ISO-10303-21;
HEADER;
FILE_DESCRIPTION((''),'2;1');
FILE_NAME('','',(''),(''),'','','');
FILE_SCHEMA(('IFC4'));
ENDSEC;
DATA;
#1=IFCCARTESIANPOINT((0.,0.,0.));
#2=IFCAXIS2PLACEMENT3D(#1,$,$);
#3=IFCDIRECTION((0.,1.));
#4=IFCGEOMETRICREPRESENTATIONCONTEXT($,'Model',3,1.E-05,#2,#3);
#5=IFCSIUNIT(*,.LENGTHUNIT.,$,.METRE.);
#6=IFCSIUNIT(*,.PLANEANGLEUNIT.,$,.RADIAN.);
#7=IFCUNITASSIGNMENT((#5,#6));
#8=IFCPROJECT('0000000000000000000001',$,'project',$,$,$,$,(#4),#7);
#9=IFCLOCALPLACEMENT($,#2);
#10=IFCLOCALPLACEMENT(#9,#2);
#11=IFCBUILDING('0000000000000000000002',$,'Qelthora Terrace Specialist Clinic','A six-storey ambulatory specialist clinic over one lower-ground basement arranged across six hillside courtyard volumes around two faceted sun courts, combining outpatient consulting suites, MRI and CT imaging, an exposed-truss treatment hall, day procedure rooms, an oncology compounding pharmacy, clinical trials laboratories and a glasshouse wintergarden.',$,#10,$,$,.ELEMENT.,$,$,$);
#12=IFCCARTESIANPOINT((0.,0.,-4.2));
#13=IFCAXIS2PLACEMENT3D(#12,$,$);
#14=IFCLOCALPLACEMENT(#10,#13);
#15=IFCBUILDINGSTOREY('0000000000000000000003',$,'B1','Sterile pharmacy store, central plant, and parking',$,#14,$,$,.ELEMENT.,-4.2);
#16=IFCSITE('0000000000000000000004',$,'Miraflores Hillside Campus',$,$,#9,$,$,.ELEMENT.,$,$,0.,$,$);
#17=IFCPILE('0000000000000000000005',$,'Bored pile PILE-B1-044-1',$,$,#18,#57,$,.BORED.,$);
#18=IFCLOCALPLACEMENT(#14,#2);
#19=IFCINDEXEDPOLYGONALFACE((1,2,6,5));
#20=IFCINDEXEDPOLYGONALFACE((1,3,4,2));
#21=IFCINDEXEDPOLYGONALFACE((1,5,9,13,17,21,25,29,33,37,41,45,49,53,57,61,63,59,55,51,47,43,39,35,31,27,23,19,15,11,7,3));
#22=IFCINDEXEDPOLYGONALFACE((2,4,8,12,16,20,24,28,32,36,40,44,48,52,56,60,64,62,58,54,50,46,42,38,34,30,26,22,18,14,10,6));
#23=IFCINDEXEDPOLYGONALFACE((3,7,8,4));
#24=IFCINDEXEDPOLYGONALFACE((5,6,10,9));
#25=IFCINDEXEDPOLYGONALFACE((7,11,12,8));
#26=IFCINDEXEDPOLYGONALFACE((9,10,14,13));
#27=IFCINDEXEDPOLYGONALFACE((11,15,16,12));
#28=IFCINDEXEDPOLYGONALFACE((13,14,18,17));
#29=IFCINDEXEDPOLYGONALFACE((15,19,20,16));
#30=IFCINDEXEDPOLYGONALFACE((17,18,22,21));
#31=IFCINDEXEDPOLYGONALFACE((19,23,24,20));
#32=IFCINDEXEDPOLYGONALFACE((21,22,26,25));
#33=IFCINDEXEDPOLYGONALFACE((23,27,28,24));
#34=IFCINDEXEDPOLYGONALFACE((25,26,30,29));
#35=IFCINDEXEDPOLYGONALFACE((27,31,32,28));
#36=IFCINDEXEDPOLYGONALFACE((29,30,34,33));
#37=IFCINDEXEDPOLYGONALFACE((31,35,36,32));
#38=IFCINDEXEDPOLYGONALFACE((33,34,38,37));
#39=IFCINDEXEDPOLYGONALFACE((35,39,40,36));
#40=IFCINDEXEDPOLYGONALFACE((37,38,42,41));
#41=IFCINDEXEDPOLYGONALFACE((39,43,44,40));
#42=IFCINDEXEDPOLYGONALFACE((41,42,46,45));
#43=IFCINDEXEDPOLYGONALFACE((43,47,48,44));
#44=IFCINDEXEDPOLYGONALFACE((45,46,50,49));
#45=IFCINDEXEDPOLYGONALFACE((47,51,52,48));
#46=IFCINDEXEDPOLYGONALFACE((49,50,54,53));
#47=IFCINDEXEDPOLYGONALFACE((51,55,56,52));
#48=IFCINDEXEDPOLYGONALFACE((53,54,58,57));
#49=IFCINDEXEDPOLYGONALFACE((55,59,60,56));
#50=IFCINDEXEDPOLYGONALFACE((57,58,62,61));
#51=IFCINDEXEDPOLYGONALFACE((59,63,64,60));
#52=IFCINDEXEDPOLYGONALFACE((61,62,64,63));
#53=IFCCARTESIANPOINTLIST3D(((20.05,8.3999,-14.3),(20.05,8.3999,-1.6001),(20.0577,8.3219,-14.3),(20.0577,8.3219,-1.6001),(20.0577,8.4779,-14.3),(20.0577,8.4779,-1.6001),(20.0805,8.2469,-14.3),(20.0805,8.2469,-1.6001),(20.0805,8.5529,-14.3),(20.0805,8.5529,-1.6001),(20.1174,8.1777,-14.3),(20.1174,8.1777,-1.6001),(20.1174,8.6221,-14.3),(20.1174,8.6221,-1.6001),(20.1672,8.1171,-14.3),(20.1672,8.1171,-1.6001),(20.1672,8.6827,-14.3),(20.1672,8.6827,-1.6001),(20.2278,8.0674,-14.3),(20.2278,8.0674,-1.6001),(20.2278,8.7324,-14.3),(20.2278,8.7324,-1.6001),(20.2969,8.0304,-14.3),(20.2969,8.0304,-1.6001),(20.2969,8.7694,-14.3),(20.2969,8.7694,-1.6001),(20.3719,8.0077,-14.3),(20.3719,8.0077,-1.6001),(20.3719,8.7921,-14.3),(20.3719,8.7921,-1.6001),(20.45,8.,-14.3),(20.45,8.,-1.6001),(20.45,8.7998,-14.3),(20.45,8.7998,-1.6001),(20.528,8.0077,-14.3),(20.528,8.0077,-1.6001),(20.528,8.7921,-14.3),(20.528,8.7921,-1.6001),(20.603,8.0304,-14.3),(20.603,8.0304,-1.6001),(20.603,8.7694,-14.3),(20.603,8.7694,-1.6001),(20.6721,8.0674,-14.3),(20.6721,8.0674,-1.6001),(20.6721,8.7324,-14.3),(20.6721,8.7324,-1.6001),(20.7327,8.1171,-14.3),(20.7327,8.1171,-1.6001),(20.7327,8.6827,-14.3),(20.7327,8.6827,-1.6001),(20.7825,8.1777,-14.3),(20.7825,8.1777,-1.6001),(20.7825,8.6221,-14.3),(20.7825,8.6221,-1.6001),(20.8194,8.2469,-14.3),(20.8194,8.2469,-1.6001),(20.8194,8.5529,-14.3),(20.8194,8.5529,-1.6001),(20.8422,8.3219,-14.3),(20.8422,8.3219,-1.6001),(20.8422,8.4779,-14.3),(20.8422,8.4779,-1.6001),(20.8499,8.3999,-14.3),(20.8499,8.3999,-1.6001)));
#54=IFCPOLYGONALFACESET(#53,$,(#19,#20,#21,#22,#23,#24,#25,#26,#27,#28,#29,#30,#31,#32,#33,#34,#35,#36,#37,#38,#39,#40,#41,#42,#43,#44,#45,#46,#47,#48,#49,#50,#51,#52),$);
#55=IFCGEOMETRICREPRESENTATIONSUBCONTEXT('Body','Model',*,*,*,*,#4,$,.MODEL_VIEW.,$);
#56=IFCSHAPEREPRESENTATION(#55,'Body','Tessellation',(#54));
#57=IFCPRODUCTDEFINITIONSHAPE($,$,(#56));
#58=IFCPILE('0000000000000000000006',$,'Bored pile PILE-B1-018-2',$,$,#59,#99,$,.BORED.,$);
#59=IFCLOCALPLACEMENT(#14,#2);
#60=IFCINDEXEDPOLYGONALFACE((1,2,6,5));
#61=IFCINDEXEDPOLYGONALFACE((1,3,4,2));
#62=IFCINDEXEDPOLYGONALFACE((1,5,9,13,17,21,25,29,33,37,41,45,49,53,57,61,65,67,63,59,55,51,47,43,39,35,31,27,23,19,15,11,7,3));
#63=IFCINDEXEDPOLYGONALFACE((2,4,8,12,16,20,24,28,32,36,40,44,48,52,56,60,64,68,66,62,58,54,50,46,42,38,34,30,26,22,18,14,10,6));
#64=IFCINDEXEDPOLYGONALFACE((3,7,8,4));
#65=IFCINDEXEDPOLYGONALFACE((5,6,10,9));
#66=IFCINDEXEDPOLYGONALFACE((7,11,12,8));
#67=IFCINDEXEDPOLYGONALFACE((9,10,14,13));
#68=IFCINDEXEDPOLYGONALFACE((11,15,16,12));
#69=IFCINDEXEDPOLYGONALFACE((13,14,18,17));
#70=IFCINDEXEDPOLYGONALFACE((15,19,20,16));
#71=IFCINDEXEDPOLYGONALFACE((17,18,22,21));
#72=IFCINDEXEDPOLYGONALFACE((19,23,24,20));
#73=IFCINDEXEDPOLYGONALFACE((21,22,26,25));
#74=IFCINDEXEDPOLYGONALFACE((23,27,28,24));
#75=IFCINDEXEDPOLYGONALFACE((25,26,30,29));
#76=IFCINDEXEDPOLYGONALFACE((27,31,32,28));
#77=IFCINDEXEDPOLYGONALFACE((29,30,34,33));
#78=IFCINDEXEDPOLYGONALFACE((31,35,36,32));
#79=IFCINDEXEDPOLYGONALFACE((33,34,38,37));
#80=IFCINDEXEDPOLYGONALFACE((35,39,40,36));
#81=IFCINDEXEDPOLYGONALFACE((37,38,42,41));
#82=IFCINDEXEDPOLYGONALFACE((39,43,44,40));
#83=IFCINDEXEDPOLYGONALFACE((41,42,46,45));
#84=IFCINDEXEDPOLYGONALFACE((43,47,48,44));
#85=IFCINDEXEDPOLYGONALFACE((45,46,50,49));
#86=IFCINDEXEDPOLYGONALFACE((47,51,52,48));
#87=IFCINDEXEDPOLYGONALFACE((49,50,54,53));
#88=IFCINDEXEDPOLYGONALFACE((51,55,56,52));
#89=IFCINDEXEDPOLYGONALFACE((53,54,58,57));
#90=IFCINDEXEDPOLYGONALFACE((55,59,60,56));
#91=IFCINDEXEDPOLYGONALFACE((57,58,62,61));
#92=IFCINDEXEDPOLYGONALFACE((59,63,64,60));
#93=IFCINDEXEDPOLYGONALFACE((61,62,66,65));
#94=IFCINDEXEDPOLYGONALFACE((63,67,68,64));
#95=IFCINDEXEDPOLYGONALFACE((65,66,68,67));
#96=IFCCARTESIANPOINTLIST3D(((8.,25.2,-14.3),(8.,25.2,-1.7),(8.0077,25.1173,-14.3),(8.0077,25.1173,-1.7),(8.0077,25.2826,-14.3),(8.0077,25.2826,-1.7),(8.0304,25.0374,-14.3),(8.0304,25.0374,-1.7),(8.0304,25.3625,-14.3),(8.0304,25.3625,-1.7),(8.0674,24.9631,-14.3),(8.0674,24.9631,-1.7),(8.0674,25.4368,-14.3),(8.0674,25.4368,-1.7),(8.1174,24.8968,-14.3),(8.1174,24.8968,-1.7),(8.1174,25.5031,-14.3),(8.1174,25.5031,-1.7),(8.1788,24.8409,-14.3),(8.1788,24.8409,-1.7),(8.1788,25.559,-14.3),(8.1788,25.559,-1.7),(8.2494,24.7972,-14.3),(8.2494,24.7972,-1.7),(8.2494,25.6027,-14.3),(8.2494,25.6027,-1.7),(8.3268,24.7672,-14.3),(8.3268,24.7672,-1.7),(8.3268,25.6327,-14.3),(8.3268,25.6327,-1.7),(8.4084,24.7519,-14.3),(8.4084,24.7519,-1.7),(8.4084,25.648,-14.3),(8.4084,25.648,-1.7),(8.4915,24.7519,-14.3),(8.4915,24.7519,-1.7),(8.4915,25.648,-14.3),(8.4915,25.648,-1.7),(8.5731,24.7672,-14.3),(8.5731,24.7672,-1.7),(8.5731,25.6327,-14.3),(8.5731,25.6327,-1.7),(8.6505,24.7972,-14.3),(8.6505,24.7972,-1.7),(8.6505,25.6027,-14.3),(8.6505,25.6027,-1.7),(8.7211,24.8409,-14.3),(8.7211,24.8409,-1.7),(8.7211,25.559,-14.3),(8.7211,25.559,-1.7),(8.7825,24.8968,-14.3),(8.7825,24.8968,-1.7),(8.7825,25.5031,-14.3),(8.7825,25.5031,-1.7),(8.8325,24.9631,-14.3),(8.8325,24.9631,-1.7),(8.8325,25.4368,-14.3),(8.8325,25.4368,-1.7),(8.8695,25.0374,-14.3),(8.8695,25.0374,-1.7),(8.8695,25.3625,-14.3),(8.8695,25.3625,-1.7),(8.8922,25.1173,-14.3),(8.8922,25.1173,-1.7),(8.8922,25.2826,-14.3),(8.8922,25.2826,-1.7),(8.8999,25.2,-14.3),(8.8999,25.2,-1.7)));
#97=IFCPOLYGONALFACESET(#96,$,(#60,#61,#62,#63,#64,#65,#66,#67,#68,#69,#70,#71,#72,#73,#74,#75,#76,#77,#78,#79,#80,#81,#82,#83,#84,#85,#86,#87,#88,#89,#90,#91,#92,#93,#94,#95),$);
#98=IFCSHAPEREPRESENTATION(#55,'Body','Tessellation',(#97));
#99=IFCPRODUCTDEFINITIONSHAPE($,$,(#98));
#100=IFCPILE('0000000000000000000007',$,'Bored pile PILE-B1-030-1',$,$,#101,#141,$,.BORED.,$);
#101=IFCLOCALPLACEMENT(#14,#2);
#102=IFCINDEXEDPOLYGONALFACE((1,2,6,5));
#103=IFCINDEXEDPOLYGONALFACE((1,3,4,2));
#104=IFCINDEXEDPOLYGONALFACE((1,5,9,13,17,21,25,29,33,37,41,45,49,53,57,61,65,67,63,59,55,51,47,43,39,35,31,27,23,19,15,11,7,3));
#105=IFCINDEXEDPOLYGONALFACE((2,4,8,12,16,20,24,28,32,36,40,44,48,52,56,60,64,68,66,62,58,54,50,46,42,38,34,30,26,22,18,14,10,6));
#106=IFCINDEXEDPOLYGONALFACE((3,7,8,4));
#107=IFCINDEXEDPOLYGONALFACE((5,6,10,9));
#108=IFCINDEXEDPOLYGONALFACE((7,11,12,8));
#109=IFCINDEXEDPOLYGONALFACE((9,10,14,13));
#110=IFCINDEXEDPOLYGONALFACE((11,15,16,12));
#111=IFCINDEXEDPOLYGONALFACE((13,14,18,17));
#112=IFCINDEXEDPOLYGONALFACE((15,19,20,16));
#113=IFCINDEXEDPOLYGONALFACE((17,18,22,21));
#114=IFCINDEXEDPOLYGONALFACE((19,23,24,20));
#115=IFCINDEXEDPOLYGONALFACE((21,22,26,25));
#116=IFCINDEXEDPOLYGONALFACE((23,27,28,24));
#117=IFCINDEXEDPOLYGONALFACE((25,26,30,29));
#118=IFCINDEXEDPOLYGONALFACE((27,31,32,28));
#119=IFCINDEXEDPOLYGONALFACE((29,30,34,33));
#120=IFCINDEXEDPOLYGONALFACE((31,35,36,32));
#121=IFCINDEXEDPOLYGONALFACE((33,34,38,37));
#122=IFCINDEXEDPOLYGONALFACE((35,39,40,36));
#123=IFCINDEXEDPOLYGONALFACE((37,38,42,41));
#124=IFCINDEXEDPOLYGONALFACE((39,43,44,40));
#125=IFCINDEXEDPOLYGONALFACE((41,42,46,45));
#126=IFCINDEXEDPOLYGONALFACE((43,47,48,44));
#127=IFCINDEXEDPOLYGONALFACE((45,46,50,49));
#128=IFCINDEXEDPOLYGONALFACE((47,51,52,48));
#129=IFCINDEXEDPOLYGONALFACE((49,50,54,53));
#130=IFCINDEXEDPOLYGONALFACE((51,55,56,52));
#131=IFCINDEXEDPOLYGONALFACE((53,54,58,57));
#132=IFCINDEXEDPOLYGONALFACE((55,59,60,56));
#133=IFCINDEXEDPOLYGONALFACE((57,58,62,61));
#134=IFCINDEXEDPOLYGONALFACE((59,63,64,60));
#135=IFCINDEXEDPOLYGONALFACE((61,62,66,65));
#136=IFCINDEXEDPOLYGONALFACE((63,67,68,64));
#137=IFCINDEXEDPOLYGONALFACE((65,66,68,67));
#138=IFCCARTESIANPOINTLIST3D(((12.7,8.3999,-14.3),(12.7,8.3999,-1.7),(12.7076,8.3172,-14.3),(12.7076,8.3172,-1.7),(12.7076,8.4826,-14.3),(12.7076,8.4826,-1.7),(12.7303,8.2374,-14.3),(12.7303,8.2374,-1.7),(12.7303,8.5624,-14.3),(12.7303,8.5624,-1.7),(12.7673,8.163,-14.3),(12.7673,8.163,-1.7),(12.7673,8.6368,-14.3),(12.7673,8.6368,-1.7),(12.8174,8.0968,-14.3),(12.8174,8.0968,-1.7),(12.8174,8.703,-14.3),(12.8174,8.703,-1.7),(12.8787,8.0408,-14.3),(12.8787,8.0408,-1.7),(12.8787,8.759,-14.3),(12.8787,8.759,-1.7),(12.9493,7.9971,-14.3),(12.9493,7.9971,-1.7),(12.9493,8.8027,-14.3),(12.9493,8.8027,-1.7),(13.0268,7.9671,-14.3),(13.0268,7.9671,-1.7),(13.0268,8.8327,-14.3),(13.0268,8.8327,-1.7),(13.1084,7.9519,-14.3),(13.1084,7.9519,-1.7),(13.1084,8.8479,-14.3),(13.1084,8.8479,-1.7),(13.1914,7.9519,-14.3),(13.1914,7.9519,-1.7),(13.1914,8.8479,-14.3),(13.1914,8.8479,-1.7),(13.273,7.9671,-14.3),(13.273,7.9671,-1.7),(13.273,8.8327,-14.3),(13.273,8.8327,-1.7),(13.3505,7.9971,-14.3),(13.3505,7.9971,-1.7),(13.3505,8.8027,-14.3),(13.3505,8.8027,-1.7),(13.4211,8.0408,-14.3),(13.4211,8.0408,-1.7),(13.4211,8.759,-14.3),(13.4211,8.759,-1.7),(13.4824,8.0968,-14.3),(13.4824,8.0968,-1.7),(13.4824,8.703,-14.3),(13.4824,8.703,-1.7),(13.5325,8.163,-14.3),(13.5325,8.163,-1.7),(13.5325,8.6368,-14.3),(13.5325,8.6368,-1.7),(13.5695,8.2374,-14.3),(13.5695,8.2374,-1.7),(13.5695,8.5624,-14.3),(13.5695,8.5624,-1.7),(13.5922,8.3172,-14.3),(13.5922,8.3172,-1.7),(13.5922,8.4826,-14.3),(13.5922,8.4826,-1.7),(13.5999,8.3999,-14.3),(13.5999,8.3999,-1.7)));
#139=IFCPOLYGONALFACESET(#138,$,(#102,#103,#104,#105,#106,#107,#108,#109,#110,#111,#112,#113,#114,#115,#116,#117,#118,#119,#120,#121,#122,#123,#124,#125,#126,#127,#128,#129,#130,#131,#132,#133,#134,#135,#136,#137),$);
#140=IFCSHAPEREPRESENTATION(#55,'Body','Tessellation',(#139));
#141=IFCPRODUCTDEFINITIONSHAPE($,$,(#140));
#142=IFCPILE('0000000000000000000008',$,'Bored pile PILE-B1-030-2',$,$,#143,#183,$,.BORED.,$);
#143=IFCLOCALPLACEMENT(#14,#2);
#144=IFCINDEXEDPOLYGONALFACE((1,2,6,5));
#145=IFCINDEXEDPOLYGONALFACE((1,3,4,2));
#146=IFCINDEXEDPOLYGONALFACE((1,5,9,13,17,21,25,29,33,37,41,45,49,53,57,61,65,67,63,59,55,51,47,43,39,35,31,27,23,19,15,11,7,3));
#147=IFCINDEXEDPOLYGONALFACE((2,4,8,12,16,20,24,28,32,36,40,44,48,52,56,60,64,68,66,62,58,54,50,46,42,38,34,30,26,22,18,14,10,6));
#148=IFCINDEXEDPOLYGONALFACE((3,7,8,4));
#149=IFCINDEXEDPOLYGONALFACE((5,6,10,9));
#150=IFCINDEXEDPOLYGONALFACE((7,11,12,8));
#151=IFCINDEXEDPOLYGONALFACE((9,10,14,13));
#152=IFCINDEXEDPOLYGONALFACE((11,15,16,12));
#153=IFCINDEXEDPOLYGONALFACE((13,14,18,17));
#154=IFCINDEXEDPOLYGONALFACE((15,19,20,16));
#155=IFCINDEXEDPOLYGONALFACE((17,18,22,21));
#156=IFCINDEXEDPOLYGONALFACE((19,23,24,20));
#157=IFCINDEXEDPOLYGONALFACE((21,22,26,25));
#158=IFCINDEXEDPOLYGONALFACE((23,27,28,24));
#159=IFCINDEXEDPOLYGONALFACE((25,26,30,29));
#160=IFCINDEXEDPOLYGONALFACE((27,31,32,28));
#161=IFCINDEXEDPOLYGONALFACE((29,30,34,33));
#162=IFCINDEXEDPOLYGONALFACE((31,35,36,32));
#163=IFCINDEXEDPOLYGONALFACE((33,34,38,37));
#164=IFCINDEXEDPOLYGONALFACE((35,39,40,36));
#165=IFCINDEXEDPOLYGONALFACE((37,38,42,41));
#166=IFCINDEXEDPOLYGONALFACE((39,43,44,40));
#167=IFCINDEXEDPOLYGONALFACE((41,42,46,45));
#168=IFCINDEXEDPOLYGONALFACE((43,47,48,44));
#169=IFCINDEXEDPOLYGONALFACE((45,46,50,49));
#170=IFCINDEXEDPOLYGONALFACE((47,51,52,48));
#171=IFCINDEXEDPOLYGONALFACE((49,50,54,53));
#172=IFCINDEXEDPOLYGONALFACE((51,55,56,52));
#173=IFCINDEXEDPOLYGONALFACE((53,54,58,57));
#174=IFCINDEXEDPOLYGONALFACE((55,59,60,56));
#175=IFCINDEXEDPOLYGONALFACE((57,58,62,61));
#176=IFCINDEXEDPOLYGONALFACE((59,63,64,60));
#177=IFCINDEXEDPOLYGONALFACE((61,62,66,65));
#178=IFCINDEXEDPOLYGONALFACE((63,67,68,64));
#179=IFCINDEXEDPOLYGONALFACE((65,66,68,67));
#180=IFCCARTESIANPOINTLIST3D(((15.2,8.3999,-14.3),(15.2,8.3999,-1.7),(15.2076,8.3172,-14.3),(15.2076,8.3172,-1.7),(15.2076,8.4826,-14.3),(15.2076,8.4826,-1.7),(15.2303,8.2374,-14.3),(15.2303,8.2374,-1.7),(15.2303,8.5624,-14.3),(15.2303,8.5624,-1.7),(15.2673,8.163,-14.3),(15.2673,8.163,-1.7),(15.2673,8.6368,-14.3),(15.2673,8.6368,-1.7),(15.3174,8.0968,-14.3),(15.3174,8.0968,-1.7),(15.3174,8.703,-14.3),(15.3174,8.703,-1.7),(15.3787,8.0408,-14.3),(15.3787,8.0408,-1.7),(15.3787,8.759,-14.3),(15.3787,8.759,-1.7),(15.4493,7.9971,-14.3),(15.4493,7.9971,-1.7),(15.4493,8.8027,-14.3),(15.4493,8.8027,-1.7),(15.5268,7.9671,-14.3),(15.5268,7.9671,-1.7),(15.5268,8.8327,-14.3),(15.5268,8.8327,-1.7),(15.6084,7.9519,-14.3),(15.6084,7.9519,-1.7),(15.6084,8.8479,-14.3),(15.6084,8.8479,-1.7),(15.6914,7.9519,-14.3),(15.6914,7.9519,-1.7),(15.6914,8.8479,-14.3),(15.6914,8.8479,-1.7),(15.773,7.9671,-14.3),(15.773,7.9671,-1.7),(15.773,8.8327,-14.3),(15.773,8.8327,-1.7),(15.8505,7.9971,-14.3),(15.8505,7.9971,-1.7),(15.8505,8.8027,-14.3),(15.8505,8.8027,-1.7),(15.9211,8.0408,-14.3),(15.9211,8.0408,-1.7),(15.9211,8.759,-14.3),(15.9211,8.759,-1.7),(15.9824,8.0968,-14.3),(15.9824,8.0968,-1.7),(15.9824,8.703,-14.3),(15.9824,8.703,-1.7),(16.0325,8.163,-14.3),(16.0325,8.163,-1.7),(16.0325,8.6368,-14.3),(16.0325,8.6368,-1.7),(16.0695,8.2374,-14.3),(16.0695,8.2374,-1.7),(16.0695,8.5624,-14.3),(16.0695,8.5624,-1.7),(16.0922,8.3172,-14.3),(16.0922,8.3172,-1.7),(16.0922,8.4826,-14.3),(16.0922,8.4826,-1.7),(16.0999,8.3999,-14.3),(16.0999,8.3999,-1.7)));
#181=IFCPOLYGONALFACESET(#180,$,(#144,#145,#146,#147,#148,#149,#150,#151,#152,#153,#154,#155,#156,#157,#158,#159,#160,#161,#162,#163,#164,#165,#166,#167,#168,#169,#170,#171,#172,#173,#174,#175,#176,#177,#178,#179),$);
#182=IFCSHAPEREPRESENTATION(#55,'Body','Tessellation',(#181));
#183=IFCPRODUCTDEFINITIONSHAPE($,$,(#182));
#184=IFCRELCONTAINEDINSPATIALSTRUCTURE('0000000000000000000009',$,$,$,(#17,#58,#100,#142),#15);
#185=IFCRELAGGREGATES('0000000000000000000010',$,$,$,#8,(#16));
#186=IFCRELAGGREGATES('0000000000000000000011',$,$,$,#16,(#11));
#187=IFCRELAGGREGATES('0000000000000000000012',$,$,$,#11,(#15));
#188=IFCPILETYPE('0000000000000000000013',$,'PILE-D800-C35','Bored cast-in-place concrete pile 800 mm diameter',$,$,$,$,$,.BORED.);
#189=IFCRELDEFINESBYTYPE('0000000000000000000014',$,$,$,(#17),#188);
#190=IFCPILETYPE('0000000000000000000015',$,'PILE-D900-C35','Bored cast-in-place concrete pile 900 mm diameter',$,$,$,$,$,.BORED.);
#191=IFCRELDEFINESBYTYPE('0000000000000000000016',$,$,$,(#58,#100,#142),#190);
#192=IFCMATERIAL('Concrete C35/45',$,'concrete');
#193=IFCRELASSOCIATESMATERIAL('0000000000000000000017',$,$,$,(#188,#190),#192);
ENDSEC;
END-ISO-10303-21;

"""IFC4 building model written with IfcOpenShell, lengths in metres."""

from ifc_helpers import new_model, si_unit, direction, frame, origin, origin_2d, place, context, subcontext, project, spatial, circle, extrude, material, material_profile, profile_set, type_object, element, save


model = new_model("IFC4")

# Units and contexts
model_context = context("Model", 3, precision=1e-05, world=origin(), true_north=direction((0.0, 1.0)))
body_context = subcontext(model_context, "Body", "Model", "MODEL_VIEW")
ifc_project = project(units=[si_unit("LENGTHUNIT", "METRE"), si_unit("PLANEANGLEUNIT", "RADIAN")], contexts=[model_context])

# Site, building, storey
site_placement = place(None, origin())
site = spatial("IfcSite", under=ifc_project, at=site_placement, Name="Miraflores Hillside Campus", CompositionType="ELEMENT", RefElevation=0.0)
building_placement = place(site_placement, origin())
building = spatial("IfcBuilding", under=site, at=building_placement, Name="Qelthora Terrace Specialist Clinic", Description="A six-storey ambulatory specialist clinic over one lower-ground basement arranged across six hillside courtyard volumes around two faceted sun courts, combining outpatient consulting suites, MRI and CT imaging, an exposed-truss treatment hall, day procedure rooms, an oncology compounding pharmacy, clinical trials laboratories and a glasshouse wintergarden.", CompositionType="ELEMENT")
storey_placement = place(building_placement, frame((0.0, 0.0, -4.2)))
storey = spatial("IfcBuildingStorey", under=building, at=storey_placement, Name="B1", Description="Sterile pharmacy store, central plant, and parking", CompositionType="ELEMENT", Elevation=-4.2)

# Shared definitions
ifc_material_1 = material(Name="Concrete C35/45", Category="concrete")

# Piles
ifc_material_profile_1 = material_profile(ifc_material_1, circle(Radius=0.3999, at=origin_2d()), Name="PILE800")
ifc_profile_set_1 = profile_set([ifc_material_profile_1], Name="Concrete C35/45")
pile_type_1 = type_object("IfcPileType", Name="PILE-D800-C35", Description="Bored cast-in-place concrete pile 800 mm diameter", PredefinedType="BORED", material=ifc_profile_set_1)
for number, where, z_axis, x_axis, name in (
    (1, (20.45, 8.3999, -1.6001), (0.0, 0.0, -1.0), (1.0, 0.0, 0.0), "Bored pile PILE-B1-044-1"),
):
    element("IfcPile", number, at=place(storey_placement, frame(where, z_axis=z_axis, x_axis=x_axis)), inside=storey, type_object=pile_type_1, Name=name, PredefinedType="BORED", context=body_context, shape_type="SweptSolid", body=[
        extrude(circle(Radius=0.3999, at=origin_2d()), origin(), (0.0, 0.0, 1.0), 12.7),
    ])
ifc_material_profile_2 = material_profile(ifc_material_1, circle(Radius=0.45, at=origin_2d()), Name="PILE900")
ifc_profile_set_2 = profile_set([ifc_material_profile_2], Name="Concrete C35/45")
pile_type_2 = type_object("IfcPileType", Name="PILE-D900-C35", Description="Bored cast-in-place concrete pile 900 mm diameter", PredefinedType="BORED", material=ifc_profile_set_2)
for number, where, z_axis, x_axis, name in (
    (2, (8.45, 25.2, -1.7), (0.0, 0.0, -1.0), (1.0, 0.0, 0.0), "Bored pile PILE-B1-018-2"),
    (3, (13.1499, 8.3999, -1.7), (0.0, 0.0, -1.0), (1.0, 0.0, 0.0), "Bored pile PILE-B1-030-1"),
    (4, (15.6499, 8.3999, -1.7), (0.0, 0.0, -1.0), (1.0, 0.0, 0.0), "Bored pile PILE-B1-030-2"),
):
    element("IfcPile", number, at=place(storey_placement, frame(where, z_axis=z_axis, x_axis=x_axis)), inside=storey, type_object=pile_type_2, Name=name, PredefinedType="BORED", context=body_context, shape_type="SweptSolid", body=[
        extrude(circle(Radius=0.45, at=origin_2d()), origin(), (0.0, 0.0, 1.0), 12.6001),
    ])

save(model, "model.ifc")
